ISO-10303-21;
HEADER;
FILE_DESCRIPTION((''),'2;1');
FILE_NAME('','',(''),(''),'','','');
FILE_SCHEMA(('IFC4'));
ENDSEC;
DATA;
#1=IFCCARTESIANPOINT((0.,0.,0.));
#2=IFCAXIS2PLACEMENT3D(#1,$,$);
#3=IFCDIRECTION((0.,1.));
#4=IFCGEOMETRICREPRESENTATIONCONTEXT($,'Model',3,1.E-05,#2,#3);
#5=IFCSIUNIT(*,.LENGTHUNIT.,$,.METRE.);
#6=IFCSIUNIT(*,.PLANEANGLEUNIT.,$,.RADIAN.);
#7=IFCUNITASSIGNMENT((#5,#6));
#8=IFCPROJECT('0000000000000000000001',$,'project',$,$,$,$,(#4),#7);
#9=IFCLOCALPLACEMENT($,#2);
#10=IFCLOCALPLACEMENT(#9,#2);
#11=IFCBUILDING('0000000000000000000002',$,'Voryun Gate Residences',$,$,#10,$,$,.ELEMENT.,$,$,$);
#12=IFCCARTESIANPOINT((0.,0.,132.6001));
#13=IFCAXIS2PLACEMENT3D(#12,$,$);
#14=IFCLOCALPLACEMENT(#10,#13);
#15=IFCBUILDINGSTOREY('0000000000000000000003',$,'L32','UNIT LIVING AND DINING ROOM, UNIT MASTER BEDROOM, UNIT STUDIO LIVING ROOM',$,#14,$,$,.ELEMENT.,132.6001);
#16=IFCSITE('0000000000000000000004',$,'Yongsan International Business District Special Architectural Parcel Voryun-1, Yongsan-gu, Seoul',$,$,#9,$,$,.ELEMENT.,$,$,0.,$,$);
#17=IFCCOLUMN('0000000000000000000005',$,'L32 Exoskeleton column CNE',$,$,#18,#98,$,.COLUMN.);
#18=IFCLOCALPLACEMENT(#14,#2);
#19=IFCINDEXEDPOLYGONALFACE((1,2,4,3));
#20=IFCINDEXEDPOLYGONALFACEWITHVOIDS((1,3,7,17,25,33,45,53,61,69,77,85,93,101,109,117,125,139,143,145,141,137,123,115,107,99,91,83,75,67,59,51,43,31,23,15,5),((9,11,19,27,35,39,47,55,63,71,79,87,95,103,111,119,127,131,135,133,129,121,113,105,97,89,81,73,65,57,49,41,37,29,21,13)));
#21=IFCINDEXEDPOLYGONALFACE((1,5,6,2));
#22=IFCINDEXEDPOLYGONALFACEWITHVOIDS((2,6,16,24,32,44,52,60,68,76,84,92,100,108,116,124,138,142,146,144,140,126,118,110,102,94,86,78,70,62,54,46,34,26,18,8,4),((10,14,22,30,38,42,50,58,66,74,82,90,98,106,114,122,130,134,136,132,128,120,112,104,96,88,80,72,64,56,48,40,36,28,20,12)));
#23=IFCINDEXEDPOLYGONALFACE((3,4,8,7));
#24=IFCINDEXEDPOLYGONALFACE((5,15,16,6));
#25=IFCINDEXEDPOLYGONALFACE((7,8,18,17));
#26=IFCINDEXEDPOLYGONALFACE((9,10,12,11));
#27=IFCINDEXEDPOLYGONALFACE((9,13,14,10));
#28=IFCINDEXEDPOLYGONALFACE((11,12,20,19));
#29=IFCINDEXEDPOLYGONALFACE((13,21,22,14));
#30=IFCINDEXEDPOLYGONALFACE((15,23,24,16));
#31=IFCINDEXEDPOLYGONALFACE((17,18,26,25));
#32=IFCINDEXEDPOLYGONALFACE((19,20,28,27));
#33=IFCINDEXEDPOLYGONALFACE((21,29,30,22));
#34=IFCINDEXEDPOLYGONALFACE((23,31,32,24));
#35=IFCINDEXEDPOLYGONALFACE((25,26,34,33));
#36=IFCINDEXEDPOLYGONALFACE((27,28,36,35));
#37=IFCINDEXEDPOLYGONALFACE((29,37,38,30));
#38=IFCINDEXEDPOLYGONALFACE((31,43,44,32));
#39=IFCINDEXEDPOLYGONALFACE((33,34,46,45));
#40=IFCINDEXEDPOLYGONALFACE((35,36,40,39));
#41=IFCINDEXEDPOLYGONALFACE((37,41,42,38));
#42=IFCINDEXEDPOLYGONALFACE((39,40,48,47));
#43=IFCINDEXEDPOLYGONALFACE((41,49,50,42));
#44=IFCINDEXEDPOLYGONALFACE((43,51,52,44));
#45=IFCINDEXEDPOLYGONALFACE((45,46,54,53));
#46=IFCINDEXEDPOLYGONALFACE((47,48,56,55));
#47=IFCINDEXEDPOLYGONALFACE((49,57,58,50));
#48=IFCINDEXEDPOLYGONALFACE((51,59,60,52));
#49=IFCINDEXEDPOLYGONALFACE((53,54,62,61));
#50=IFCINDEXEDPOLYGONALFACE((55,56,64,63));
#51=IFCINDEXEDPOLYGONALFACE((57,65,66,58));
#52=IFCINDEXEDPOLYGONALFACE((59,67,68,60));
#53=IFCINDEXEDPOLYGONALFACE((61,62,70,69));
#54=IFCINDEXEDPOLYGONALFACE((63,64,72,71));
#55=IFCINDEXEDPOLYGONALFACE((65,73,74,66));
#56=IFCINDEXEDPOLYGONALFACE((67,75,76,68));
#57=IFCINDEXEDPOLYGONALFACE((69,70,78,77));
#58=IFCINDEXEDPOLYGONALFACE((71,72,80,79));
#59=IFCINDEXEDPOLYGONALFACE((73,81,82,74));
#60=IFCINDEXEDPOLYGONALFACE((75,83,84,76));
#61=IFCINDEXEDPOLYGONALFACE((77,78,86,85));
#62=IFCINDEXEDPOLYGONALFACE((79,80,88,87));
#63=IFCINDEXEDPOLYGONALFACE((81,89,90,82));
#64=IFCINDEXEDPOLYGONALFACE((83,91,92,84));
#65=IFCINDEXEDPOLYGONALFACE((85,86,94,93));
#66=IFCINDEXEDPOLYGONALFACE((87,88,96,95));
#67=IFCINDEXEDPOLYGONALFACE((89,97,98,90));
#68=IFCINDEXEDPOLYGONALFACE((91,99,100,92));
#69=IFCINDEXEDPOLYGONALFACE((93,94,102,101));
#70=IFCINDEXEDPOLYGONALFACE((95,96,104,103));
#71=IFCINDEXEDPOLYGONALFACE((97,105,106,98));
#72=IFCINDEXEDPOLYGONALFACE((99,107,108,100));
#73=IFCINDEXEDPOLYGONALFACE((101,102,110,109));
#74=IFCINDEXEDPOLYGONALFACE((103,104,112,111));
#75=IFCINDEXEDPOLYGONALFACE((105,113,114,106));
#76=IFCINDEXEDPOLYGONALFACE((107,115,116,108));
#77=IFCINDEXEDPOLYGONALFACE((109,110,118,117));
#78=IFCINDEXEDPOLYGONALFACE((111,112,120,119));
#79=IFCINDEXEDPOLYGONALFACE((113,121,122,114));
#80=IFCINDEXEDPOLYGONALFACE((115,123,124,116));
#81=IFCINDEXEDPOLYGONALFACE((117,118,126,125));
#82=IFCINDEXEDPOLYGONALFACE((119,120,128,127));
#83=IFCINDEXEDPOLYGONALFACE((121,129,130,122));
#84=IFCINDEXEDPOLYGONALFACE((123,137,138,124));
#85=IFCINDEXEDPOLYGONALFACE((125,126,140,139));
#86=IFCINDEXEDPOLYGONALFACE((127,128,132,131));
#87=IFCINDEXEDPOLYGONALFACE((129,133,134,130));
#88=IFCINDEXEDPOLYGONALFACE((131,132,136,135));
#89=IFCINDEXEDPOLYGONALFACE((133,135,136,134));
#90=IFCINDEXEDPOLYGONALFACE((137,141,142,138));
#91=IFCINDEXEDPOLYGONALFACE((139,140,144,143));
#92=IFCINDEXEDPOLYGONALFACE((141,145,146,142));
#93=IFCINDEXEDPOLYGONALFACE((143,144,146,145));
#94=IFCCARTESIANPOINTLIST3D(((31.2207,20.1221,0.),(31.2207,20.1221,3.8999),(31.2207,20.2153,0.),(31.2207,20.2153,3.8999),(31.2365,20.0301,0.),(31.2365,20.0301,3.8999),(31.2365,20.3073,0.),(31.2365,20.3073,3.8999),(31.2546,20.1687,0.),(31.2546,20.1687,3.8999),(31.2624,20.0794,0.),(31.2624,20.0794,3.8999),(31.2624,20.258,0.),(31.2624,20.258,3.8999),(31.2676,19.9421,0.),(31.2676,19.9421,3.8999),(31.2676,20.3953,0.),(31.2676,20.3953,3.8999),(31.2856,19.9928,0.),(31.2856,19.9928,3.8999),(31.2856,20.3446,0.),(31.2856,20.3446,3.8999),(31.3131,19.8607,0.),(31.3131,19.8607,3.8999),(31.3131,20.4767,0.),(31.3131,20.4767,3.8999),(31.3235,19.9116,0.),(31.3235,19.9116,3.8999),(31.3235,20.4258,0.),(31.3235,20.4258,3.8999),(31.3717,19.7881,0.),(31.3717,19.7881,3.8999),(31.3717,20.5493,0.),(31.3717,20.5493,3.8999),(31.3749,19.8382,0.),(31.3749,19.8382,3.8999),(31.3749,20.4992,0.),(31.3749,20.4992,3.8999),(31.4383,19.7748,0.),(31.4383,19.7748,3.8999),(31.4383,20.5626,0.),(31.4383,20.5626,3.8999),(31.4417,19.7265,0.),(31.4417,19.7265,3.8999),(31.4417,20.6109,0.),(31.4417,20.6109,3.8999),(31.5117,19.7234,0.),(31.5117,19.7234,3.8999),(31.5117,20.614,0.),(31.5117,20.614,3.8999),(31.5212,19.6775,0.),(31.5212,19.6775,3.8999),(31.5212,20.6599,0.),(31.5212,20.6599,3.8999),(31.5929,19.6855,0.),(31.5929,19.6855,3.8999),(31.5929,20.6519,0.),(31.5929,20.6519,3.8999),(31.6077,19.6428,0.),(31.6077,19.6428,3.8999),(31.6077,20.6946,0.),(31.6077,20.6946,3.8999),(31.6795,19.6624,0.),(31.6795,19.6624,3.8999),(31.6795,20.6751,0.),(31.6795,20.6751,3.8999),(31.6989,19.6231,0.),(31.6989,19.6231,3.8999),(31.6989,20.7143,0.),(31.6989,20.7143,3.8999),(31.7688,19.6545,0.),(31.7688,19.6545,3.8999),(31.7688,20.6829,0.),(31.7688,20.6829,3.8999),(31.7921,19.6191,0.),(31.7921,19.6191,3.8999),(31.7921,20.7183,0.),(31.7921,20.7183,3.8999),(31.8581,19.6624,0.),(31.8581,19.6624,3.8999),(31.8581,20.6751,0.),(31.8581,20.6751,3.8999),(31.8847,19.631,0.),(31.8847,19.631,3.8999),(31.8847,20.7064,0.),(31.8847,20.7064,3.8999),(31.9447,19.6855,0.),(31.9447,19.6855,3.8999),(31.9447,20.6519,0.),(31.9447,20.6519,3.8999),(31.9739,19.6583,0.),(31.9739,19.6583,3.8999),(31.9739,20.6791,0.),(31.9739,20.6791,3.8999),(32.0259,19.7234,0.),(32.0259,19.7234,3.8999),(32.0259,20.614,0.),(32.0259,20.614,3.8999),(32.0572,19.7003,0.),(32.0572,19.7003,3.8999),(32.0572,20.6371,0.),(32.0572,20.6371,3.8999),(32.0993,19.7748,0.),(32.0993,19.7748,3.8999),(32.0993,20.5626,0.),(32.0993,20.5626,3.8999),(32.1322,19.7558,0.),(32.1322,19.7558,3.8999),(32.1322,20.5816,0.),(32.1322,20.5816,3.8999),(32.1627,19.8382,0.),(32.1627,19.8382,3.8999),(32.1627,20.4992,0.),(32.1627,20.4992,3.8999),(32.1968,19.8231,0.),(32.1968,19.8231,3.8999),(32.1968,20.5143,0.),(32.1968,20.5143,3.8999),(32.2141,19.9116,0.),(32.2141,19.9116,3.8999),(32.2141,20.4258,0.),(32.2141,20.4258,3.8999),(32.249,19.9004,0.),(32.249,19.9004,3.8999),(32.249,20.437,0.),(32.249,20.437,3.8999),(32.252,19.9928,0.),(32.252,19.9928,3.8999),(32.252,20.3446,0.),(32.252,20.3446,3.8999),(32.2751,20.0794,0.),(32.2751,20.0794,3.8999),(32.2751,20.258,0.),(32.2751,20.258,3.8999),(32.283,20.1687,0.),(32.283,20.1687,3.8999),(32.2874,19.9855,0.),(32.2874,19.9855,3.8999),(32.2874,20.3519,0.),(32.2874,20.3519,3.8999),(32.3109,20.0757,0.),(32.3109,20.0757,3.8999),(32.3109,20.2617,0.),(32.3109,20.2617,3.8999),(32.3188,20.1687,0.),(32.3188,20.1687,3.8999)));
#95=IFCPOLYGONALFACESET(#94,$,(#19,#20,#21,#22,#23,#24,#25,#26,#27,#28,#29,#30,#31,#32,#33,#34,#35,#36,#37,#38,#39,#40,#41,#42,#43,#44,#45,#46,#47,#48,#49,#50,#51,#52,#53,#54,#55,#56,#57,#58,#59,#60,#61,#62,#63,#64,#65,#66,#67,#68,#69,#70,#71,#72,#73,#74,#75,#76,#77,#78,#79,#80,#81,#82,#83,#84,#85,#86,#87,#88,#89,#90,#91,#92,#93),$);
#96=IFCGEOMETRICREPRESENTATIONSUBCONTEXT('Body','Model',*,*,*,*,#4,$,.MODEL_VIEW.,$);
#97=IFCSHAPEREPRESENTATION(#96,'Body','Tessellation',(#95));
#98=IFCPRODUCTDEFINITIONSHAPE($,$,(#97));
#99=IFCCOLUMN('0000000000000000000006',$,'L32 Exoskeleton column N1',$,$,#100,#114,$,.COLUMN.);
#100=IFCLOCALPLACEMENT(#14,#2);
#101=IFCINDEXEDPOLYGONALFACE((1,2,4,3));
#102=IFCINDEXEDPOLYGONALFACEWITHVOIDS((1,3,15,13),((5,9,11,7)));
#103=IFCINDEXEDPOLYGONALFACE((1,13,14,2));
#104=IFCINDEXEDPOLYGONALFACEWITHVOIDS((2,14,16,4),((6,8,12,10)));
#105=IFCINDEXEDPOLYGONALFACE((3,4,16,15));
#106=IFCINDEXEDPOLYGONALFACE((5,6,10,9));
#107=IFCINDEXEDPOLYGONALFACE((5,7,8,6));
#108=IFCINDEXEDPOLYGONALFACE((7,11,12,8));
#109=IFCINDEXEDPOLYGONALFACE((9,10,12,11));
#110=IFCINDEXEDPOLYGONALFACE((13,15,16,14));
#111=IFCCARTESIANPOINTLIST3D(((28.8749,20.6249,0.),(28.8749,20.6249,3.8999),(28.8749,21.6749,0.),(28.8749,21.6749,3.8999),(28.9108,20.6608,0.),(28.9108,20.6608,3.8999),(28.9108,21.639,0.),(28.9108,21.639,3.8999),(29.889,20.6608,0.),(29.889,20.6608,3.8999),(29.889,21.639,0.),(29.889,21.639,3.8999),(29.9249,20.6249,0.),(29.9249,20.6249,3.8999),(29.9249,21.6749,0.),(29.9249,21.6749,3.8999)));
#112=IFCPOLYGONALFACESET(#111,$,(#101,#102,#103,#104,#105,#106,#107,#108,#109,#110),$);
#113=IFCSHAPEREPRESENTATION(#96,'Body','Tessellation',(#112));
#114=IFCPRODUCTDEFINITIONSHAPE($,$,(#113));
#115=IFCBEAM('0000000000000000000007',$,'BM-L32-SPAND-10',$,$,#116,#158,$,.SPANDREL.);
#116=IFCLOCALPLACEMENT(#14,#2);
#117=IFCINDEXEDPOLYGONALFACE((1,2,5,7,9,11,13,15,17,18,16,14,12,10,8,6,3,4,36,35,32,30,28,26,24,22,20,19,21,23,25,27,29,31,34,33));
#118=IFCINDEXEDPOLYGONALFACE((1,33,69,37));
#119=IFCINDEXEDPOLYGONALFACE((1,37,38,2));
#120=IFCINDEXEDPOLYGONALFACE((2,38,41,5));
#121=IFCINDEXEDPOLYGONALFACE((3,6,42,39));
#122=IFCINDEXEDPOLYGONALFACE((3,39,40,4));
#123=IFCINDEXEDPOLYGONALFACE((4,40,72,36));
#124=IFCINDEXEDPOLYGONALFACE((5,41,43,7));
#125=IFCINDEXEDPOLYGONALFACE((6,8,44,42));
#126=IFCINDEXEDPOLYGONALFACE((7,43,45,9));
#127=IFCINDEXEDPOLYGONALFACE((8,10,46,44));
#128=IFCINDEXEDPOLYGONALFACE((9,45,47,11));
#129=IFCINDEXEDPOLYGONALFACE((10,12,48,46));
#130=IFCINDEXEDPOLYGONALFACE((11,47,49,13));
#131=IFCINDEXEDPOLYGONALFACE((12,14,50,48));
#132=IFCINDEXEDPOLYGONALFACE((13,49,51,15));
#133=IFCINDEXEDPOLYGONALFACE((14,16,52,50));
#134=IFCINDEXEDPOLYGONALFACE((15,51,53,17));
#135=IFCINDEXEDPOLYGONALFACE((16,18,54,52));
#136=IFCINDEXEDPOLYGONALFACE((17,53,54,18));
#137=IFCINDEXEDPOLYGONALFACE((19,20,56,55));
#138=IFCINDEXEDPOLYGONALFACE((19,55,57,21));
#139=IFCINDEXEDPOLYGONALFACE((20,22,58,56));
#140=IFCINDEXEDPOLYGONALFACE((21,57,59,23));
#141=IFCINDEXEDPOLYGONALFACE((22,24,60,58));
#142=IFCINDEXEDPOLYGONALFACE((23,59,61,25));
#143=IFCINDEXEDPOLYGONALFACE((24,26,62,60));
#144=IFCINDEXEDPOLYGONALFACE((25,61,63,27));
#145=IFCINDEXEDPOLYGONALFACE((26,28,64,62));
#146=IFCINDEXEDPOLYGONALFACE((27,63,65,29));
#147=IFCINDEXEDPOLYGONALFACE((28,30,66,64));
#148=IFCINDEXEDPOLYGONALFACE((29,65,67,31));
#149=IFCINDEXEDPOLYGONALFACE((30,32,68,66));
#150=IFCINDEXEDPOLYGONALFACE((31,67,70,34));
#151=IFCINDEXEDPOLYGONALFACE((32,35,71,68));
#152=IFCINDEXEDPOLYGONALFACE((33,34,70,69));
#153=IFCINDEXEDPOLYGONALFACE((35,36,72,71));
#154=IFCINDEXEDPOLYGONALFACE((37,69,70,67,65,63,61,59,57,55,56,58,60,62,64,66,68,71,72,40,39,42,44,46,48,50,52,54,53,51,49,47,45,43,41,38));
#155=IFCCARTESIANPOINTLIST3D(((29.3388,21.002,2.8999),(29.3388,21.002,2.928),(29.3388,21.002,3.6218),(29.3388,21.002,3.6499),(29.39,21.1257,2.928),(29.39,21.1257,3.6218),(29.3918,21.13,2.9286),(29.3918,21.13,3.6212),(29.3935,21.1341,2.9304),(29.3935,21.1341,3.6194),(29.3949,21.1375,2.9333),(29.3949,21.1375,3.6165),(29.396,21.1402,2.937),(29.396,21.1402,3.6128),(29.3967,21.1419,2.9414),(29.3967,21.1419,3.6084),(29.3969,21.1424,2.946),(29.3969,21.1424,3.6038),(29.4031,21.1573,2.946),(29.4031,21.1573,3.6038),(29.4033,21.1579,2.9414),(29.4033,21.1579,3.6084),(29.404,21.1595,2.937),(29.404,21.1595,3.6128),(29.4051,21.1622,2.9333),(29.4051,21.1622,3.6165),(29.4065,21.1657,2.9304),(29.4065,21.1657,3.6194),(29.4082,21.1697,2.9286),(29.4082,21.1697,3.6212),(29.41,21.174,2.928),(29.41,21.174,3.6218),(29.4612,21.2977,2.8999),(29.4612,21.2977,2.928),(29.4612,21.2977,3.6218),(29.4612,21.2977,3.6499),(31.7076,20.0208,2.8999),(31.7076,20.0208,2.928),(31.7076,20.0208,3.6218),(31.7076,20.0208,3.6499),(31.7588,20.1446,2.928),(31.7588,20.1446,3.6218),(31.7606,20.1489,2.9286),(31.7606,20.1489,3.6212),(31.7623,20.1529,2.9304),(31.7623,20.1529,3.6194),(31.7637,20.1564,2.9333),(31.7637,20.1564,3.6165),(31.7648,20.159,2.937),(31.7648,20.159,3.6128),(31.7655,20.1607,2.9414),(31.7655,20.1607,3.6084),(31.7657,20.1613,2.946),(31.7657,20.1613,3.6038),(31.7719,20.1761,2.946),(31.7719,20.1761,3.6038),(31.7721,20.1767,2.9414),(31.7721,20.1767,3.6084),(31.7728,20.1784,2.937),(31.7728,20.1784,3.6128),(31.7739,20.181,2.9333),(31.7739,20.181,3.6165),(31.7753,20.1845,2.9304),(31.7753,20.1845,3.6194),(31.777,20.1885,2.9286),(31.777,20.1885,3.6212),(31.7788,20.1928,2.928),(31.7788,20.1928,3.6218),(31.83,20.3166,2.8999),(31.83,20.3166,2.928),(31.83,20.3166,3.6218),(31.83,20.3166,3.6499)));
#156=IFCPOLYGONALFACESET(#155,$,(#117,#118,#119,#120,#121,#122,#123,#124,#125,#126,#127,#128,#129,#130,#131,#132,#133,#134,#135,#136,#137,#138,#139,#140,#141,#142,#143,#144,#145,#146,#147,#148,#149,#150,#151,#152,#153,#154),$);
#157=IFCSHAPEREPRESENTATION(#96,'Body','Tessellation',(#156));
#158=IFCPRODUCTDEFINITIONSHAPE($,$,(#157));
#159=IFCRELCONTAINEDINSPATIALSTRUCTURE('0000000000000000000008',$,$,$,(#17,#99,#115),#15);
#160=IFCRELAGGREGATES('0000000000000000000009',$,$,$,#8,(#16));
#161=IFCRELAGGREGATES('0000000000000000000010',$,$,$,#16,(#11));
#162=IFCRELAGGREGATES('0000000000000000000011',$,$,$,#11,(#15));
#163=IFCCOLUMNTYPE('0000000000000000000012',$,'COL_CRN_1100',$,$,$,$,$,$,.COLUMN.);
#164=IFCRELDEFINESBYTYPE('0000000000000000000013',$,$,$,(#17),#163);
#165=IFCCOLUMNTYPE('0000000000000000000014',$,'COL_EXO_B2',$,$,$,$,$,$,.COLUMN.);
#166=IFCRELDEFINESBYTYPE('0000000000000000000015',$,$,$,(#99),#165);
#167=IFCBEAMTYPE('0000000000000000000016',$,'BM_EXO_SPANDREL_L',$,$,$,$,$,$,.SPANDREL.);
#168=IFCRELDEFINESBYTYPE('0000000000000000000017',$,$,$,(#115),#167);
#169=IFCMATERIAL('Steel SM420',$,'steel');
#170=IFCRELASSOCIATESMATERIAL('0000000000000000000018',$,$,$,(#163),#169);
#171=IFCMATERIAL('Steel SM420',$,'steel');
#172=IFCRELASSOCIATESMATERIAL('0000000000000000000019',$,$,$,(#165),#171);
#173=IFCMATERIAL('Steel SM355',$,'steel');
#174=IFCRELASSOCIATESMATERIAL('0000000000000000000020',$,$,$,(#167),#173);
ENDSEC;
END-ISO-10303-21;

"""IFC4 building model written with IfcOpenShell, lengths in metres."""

from ifc_helpers import new_model, si_unit, direction, frame, origin, origin_2d, place, context, subcontext, project, spatial, hollow_rectangle, hollow_circle, i_section, extrude, material, material_profile, profile_set, type_object, element, save


model = new_model("IFC4")

# Units and contexts
model_context = context("Model", 3, precision=1e-05, world=origin(), true_north=direction((0.0, 1.0)))
body_context = subcontext(model_context, "Body", "Model", "MODEL_VIEW")
ifc_project = project(units=[si_unit("LENGTHUNIT", "METRE"), si_unit("PLANEANGLEUNIT", "RADIAN")], contexts=[model_context])

# Site, building, storey
site_placement = place(None, origin())
site = spatial("IfcSite", under=ifc_project, at=site_placement, Name="Yongsan International Business District Special Architectural Parcel Voryun-1, Yongsan-gu, Seoul", CompositionType="ELEMENT", RefElevation=0.0)
building_placement = place(site_placement, origin())
building = spatial("IfcBuilding", under=site, at=building_placement, Name="Voryun Gate Residences", CompositionType="ELEMENT")
storey_placement = place(building_placement, frame((0.0, 0.0, 132.6001)))
storey = spatial("IfcBuildingStorey", under=building, at=storey_placement, Name="L32", Description="UNIT LIVING AND DINING ROOM, UNIT MASTER BEDROOM, UNIT STUDIO LIVING ROOM", CompositionType="ELEMENT", Elevation=132.6001)

# Columns
ifc_material_1 = material(Name="Steel SM420", Category="steel")
ifc_material_profile_1 = material_profile(ifc_material_1, hollow_circle(Radius=0.55, WallThickness=0.0359, at=origin_2d()), Name="CHS-1100x36")
ifc_profile_set_1 = profile_set([ifc_material_profile_1], Name="Steel SM420")
column_type_1 = type_object("IfcColumnType", Name="COL_CRN_1100", PredefinedType="COLUMN", material=ifc_profile_set_1)
column_1_placement = place(storey_placement, frame((31.7688, 20.1687, 0.0), z_axis=(0.0, 0.0, 1.0), x_axis=(1.0, 0.0, 0.0)))
element("IfcColumn", 1, at=column_1_placement, inside=storey, type_object=column_type_1, Name="L32 Exoskeleton column CNE", PredefinedType="COLUMN", context=body_context, shape_type="SweptSolid", body=[
    extrude(hollow_circle(Radius=0.55, WallThickness=0.0359, at=origin_2d()), origin(), (0.0, 0.0, 1.0), 3.8999),
])
ifc_material_2 = material(Name="Steel SM420", Category="steel")
ifc_material_profile_2 = material_profile(ifc_material_2, hollow_rectangle(XDim=1.05, YDim=1.05, WallThickness=0.0359, at=origin_2d()), Name="BOX-1050x1050x36")
ifc_profile_set_2 = profile_set([ifc_material_profile_2], Name="Steel SM420")
column_type_2 = type_object("IfcColumnType", Name="COL_EXO_B2", PredefinedType="COLUMN", material=ifc_profile_set_2)
column_2_placement = place(storey_placement, frame((29.3999, 21.1499, 0.0), z_axis=(0.0, 0.0, 1.0), x_axis=(1.0, 0.0, 0.0)))
element("IfcColumn", 2, at=column_2_placement, inside=storey, type_object=column_type_2, Name="L32 Exoskeleton column N1", PredefinedType="COLUMN", context=body_context, shape_type="SweptSolid", body=[
    extrude(hollow_rectangle(XDim=1.05, YDim=1.05, WallThickness=0.0359, at=origin_2d()), origin(), (0.0, 0.0, 1.0), 3.8999),
])

# Beam
ifc_material_3 = material(Name="Steel SM355", Category="steel")
ifc_material_profile_3 = material_profile(ifc_material_3, i_section(OverallWidth=0.3201, OverallDepth=0.75, WebThickness=0.0161, FlangeThickness=0.0281, FilletRadius=0.0181, at=origin_2d()), Name="H-750x320x16x28")
ifc_profile_set_3 = profile_set([ifc_material_profile_3], Name="Steel SM355")
beam_type = type_object("IfcBeamType", Name="BM_EXO_SPANDREL_L", PredefinedType="SPANDREL", material=ifc_profile_set_3)
beam_1_placement = place(storey_placement, frame((31.7688, 20.1687, 3.2749), z_axis=(-0.923883, 0.382674, 0.0), x_axis=(-0.382674, -0.923883, 0.0)))
element("IfcBeam", 3, at=beam_1_placement, inside=storey, type_object=beam_type, Name="BM-L32-SPAND-10", PredefinedType="SPANDREL", context=body_context, shape_type="SweptSolid", body=[
    extrude(i_section(OverallWidth=0.3201, OverallDepth=0.75, WebThickness=0.0161, FlangeThickness=0.0281, FilletRadius=0.0181, at=origin_2d()), origin(), (0.0, 0.0, 1.0), 2.564),
])

save(model, "model.ifc")
